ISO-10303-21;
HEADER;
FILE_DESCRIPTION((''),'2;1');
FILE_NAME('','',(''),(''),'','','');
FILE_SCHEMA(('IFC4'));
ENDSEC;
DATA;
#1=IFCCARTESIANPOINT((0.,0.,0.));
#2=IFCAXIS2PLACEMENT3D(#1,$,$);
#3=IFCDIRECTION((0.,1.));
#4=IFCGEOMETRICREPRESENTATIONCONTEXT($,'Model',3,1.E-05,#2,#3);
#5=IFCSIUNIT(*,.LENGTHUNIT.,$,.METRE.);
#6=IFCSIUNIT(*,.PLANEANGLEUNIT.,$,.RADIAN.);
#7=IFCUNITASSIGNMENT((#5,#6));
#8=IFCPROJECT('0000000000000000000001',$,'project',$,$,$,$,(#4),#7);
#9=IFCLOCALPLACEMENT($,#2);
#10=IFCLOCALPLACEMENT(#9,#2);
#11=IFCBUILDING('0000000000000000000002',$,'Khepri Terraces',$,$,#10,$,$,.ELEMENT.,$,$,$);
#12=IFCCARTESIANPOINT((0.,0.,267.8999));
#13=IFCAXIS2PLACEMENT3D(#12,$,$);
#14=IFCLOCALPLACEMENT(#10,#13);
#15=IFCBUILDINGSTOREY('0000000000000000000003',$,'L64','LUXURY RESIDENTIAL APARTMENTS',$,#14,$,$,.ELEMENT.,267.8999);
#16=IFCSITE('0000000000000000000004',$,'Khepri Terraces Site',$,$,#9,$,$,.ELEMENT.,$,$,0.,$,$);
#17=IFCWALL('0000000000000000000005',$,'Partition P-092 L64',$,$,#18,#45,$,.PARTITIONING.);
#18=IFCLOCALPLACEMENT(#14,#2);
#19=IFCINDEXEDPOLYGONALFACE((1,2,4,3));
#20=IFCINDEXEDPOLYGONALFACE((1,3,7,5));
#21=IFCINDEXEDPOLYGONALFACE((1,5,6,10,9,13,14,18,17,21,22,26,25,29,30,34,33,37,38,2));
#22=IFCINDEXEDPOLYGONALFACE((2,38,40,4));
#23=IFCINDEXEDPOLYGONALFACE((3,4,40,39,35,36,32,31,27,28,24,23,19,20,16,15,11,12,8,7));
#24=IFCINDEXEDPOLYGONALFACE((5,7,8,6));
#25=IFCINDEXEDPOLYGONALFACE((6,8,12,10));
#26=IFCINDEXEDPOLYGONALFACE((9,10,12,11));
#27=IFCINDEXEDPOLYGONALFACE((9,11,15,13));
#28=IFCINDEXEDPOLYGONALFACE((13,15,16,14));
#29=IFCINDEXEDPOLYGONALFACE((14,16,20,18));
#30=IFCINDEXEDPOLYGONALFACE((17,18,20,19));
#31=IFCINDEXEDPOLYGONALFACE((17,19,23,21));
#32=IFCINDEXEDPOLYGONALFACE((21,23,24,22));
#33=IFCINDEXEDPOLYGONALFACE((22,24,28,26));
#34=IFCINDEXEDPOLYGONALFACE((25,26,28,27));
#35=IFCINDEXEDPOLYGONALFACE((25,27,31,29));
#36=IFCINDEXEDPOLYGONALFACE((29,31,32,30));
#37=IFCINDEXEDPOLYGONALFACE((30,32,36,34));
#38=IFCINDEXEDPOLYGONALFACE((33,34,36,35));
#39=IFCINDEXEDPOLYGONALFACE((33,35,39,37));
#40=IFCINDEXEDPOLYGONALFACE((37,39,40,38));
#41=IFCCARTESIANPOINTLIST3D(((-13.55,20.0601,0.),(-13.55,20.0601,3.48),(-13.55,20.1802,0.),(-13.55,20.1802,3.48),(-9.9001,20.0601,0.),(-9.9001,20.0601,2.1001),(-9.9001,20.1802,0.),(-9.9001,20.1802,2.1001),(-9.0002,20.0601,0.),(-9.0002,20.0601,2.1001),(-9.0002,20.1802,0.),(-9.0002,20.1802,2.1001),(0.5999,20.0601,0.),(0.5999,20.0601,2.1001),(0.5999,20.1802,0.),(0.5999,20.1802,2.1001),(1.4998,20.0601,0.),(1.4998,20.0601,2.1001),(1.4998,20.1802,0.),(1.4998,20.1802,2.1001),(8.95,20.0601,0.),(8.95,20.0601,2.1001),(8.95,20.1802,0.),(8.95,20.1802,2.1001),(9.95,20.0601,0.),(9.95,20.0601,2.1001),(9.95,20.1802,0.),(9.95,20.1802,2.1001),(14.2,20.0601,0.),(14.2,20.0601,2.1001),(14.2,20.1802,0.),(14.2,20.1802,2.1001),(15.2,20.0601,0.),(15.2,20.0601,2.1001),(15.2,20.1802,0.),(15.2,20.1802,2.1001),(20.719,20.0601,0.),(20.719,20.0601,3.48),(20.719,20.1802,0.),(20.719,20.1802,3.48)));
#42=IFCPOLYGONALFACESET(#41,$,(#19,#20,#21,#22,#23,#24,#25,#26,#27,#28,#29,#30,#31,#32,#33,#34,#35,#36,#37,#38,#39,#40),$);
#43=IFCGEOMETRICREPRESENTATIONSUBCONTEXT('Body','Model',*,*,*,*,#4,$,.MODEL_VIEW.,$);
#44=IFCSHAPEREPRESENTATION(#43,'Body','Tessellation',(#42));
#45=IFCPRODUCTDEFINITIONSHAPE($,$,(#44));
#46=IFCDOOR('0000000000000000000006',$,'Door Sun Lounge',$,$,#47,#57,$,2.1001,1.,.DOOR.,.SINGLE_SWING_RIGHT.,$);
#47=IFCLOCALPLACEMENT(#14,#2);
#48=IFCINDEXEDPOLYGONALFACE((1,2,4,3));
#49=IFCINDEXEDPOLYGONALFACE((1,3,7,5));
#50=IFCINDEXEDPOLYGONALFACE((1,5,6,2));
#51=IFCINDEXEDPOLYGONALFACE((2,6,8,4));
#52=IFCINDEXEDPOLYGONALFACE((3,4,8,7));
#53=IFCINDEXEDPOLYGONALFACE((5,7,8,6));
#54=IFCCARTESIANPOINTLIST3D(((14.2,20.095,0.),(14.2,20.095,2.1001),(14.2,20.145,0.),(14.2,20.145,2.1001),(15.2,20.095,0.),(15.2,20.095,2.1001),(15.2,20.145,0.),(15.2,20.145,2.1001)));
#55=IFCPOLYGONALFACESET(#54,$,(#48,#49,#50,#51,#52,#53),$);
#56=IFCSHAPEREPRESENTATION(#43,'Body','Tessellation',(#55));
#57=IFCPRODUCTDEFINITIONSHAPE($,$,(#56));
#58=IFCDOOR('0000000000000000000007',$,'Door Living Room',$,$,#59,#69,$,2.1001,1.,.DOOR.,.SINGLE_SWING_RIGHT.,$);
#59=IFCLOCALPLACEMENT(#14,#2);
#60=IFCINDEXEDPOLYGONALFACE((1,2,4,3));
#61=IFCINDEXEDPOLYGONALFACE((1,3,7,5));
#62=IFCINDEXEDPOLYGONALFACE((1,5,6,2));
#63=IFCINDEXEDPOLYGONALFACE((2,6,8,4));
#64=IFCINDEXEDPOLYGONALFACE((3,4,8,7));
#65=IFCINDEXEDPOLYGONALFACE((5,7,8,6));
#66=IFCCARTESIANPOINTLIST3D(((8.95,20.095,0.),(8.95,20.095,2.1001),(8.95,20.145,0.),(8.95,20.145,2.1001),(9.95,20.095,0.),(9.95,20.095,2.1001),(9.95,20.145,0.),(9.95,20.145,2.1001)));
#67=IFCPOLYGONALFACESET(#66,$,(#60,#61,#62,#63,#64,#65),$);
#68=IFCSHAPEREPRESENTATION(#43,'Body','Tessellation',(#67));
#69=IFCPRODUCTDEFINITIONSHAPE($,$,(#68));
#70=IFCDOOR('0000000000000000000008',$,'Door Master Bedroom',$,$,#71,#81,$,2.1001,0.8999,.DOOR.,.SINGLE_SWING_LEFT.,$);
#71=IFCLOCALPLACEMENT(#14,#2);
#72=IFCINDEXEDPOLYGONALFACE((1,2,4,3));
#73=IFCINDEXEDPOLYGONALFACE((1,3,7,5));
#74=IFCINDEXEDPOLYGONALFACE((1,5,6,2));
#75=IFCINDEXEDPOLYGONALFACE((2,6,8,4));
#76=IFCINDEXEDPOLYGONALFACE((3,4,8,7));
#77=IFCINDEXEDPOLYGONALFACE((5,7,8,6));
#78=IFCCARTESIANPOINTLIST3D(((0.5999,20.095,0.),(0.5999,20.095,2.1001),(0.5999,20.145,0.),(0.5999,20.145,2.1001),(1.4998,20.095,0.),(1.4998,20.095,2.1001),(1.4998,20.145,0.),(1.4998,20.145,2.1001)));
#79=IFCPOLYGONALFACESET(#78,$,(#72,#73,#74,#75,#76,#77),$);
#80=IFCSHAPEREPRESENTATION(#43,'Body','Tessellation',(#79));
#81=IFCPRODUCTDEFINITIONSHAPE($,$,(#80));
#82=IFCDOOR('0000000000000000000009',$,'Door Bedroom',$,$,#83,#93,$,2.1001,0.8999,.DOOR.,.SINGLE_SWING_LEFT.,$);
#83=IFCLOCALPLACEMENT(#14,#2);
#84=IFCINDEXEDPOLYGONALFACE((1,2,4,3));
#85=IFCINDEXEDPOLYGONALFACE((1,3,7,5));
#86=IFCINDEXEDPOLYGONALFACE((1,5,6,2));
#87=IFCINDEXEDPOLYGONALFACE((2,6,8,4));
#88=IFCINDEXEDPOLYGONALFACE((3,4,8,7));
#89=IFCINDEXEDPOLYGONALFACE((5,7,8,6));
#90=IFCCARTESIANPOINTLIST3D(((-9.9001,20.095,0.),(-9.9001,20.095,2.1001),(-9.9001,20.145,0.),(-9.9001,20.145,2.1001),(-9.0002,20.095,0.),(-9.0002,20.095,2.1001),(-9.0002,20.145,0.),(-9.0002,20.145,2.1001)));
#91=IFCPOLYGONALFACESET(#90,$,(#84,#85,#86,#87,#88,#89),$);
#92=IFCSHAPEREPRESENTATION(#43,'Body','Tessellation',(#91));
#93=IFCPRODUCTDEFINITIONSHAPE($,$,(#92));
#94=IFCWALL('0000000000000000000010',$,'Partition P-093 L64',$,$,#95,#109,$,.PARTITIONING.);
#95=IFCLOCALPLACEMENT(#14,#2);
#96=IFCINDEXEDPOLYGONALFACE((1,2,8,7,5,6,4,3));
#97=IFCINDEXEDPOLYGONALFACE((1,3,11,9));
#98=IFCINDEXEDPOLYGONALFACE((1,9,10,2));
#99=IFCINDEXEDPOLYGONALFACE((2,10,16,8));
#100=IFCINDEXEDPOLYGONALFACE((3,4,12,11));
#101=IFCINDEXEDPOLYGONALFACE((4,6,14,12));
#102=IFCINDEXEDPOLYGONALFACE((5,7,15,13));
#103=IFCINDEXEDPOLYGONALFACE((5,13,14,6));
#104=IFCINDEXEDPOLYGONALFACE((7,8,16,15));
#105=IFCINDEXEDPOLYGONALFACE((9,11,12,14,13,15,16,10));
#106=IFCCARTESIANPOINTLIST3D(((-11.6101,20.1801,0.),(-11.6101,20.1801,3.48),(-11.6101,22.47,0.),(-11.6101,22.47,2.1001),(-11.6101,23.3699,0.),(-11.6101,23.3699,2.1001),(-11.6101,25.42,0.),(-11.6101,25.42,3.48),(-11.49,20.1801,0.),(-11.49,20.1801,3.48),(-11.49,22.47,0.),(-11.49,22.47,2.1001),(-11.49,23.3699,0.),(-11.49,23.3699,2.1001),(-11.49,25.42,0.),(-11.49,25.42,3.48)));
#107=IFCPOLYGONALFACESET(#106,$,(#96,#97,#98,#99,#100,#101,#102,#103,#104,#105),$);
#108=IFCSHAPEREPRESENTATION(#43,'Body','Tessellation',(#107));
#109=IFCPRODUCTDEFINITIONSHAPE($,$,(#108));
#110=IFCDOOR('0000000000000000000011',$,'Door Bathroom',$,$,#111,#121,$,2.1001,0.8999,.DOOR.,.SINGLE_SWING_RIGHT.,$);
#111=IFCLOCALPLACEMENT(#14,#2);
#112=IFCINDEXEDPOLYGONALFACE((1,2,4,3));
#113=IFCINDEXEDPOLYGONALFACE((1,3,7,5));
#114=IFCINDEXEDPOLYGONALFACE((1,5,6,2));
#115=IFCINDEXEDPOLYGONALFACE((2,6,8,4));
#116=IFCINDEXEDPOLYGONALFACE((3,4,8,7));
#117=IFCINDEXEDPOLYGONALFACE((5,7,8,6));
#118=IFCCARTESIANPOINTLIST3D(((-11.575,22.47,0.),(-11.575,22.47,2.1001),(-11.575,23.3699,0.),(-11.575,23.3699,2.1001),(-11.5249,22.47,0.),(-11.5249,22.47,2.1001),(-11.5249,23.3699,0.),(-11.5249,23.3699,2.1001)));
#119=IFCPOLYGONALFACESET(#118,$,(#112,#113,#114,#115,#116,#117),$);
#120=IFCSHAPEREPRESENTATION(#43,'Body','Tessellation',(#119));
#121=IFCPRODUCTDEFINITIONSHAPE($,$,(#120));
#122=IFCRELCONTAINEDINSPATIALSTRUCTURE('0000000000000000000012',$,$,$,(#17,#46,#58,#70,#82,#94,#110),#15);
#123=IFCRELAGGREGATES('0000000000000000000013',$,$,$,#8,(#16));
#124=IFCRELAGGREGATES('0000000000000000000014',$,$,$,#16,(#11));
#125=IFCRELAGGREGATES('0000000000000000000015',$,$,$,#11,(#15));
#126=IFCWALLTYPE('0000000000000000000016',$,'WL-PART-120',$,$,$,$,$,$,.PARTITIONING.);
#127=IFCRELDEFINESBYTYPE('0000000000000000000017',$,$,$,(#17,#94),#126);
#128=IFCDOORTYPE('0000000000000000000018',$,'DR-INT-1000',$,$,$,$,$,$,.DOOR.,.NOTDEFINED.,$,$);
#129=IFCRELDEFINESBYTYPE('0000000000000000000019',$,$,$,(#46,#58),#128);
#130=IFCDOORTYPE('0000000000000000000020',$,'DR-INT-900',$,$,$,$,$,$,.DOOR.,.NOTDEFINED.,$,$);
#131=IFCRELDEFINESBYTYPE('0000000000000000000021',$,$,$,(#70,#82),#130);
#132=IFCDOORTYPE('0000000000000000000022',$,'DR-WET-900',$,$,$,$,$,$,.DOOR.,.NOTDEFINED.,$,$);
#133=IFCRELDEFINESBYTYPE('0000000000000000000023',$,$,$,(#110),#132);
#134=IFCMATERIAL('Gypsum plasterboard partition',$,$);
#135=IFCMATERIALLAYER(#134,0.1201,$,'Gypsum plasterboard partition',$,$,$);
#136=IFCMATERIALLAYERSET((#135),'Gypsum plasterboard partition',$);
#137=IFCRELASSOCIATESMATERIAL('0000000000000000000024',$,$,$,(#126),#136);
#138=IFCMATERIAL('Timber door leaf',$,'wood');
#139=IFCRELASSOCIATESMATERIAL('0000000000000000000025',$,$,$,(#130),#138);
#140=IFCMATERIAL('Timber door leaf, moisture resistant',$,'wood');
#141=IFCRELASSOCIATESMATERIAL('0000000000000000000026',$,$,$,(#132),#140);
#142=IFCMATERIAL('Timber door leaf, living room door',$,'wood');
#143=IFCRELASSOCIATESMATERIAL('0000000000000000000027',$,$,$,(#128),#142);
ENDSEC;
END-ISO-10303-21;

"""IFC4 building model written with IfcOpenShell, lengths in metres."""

from ifc_helpers import new_model, si_unit, direction, frame, frame_2d, origin, place, context, subcontext, project, spatial, rectangle, extrude, material, layer, layer_set, type_object, element, fill, save


model = new_model("IFC4")

# Units and contexts
model_context = context("Model", 3, precision=1e-05, world=origin(), true_north=direction((0.0, 1.0)))
body_context = subcontext(model_context, "Body", "Model", "MODEL_VIEW")
ifc_project = project(units=[si_unit("LENGTHUNIT", "METRE"), si_unit("PLANEANGLEUNIT", "RADIAN")], contexts=[model_context])

# Site, building, storey
site_placement = place(None, origin())
site = spatial("IfcSite", under=ifc_project, at=site_placement, Name="Khepri Terraces Site", CompositionType="ELEMENT", RefElevation=0.0)
building_placement = place(site_placement, origin())
building = spatial("IfcBuilding", under=site, at=building_placement, Name="Khepri Terraces", CompositionType="ELEMENT")
storey_placement = place(building_placement, frame((0.0, 0.0, 267.8999)))
storey = spatial("IfcBuildingStorey", under=building, at=storey_placement, Name="L64", Description="LUXURY RESIDENTIAL APARTMENTS", CompositionType="ELEMENT", Elevation=267.8999)

# Shared definitions
ifc_material_1 = material(Name="Gypsum plasterboard partition")
ifc_layer_1 = layer(ifc_material_1, 0.1201, Name="Gypsum plasterboard partition")
ifc_layer_set_1 = layer_set([ifc_layer_1], Name="Gypsum plasterboard partition")
wall_type_1 = type_object("IfcWallType", Name="WL-PART-120", PredefinedType="PARTITIONING", material=ifc_layer_set_1)

# Wall, openings, doors
ifc_material_2 = material(Name="Timber door leaf", Category="wood")
door_type_1 = type_object("IfcDoorType", Name="DR-INT-900", OperationType="NOTDEFINED", PredefinedType="DOOR", material=ifc_material_2)
ifc_material_3 = material(Name="Timber door leaf, moisture resistant", Category="wood")
door_type_2 = type_object("IfcDoorType", Name="DR-WET-900", OperationType="NOTDEFINED", PredefinedType="DOOR", material=ifc_material_3)
wall_1_placement = place(storey_placement, frame((-13.55, 20.1201, 0.0), z_axis=(0.0, 0.0, 1.0), x_axis=(1.0, 0.0, 0.0)))
wall_1 = element("IfcWall", 1, at=wall_1_placement, inside=storey, type_object=wall_type_1, Name="Partition P-092 L64", PredefinedType="PARTITIONING", context=body_context, shape_type="SweptSolid", body=[
    extrude(rectangle(XDim=34.269, YDim=0.1201, at=frame_2d((17.1345, 0.0))), origin(), (0.0, 0.0, 1.0), 3.48),
])
opening_1_placement = place(wall_1_placement, frame((27.75, 0.0, 0.0)))
opening_1 = element("IfcOpeningElement", 2, at=opening_1_placement, cuts=wall_1, PredefinedType="OPENING", context=body_context, shape_type="SweptSolid", body=[
    extrude(rectangle(XDim=1.0, YDim=2.1001, at=frame_2d((0.5, 1.05))), frame((0.0, 0.0701, 0.0), z_axis=(0.0, -1.0, 0.0), x_axis=(1.0, 0.0, 0.0)), (0.0, 0.0, 1.0), 0.1401),
])
opening_2_placement = place(wall_1_placement, frame((22.5, 0.0, 0.0)))
opening_2 = element("IfcOpeningElement", 3, at=opening_2_placement, cuts=wall_1, PredefinedType="OPENING", context=body_context, shape_type="SweptSolid", body=[
    extrude(rectangle(XDim=1.0, YDim=2.1001, at=frame_2d((0.5, 1.05))), frame((0.0, 0.0701, 0.0), z_axis=(0.0, -1.0, 0.0), x_axis=(1.0, 0.0, 0.0)), (0.0, 0.0, 1.0), 0.1401),
])
opening_3_placement = place(wall_1_placement, frame((14.1499, 0.0, 0.0)))
opening_3 = element("IfcOpeningElement", 4, at=opening_3_placement, cuts=wall_1, PredefinedType="OPENING", context=body_context, shape_type="SweptSolid", body=[
    extrude(rectangle(XDim=0.8999, YDim=2.1001, at=frame_2d((0.45, 1.05))), frame((0.0, 0.0701, 0.0), z_axis=(0.0, -1.0, 0.0), x_axis=(1.0, 0.0, 0.0)), (0.0, 0.0, 1.0), 0.1401),
])
opening_4_placement = place(wall_1_placement, frame((3.6499, 0.0, 0.0)))
opening_4 = element("IfcOpeningElement", 5, at=opening_4_placement, cuts=wall_1, PredefinedType="OPENING", context=body_context, shape_type="SweptSolid", body=[
    extrude(rectangle(XDim=0.8999, YDim=2.1001, at=frame_2d((0.45, 1.05))), frame((0.0, 0.0701, 0.0), z_axis=(0.0, -1.0, 0.0), x_axis=(1.0, 0.0, 0.0)), (0.0, 0.0, 1.0), 0.1401),
])
ifc_material_4 = material(Name="Timber door leaf, living room door", Category="wood")
door_type_3 = type_object("IfcDoorType", Name="DR-INT-1000", OperationType="NOTDEFINED", PredefinedType="DOOR", material=ifc_material_4)
door_1_placement = place(opening_1_placement, origin())
door_1 = element("IfcDoor", 6, at=door_1_placement, inside=storey, type_object=door_type_3, Name="Door Sun Lounge", OperationType="SINGLE_SWING_RIGHT", OverallHeight=2.1001, OverallWidth=1.0, PredefinedType="DOOR", context=body_context, shape_type="SweptSolid", body=[
    extrude(rectangle(XDim=1.0, YDim=2.1001, at=frame_2d((0.5, 1.05))), frame((0.0, 0.0249, 0.0), z_axis=(0.0, -1.0, 0.0), x_axis=(1.0, 0.0, 0.0)), (0.0, 0.0, 1.0), 0.05),
])
fill(opening_1, door_1)
door_2_placement = place(opening_2_placement, origin())
door_2 = element("IfcDoor", 7, at=door_2_placement, inside=storey, type_object=door_type_3, Name="Door Living Room", OperationType="SINGLE_SWING_RIGHT", OverallHeight=2.1001, OverallWidth=1.0, PredefinedType="DOOR", context=body_context, shape_type="SweptSolid", body=[
    extrude(rectangle(XDim=1.0, YDim=2.1001, at=frame_2d((0.5, 1.05))), frame((0.0, 0.0249, 0.0), z_axis=(0.0, -1.0, 0.0), x_axis=(1.0, 0.0, 0.0)), (0.0, 0.0, 1.0), 0.05),
])
fill(opening_2, door_2)
door_3_placement = place(opening_3_placement, origin())
door_3 = element("IfcDoor", 8, at=door_3_placement, inside=storey, type_object=door_type_1, Name="Door Master Bedroom", OperationType="SINGLE_SWING_LEFT", OverallHeight=2.1001, OverallWidth=0.8999, PredefinedType="DOOR", context=body_context, shape_type="SweptSolid", body=[
    extrude(rectangle(XDim=0.8999, YDim=2.1001, at=frame_2d((0.45, 1.05))), frame((0.0, 0.0249, 0.0), z_axis=(0.0, -1.0, 0.0), x_axis=(1.0, 0.0, 0.0)), (0.0, 0.0, 1.0), 0.05),
])
fill(opening_3, door_3)
door_4_placement = place(opening_4_placement, origin())
door_4 = element("IfcDoor", 9, at=door_4_placement, inside=storey, type_object=door_type_1, Name="Door Bedroom", OperationType="SINGLE_SWING_LEFT", OverallHeight=2.1001, OverallWidth=0.8999, PredefinedType="DOOR", context=body_context, shape_type="SweptSolid", body=[
    extrude(rectangle(XDim=0.8999, YDim=2.1001, at=frame_2d((0.45, 1.05))), frame((0.0, 0.0249, 0.0), z_axis=(0.0, -1.0, 0.0), x_axis=(1.0, 0.0, 0.0)), (0.0, 0.0, 1.0), 0.05),
])
fill(opening_4, door_4)

# Wall, opening, door
wall_2_placement = place(storey_placement, frame((-11.55, 20.1799, 0.0), z_axis=(0.0, 0.0, 1.0), x_axis=(0.0, 1.0, 0.0)))
wall_2 = element("IfcWall", 10, at=wall_2_placement, inside=storey, type_object=wall_type_1, Name="Partition P-093 L64", PredefinedType="PARTITIONING", context=body_context, shape_type="SweptSolid", body=[
    extrude(rectangle(XDim=5.24, YDim=0.1201, at=frame_2d((2.6201, 0.0))), origin(), (0.0, 0.0, 1.0), 3.48),
])
opening_5_placement = place(wall_2_placement, frame((2.29, 0.0, 0.0)))
opening_5 = element("IfcOpeningElement", 11, at=opening_5_placement, cuts=wall_2, PredefinedType="OPENING", context=body_context, shape_type="SweptSolid", body=[
    extrude(rectangle(XDim=0.8999, YDim=2.1001, at=frame_2d((0.45, 1.05))), frame((0.0, 0.0701, 0.0), z_axis=(0.0, -1.0, 0.0), x_axis=(1.0, 0.0, 0.0)), (0.0, 0.0, 1.0), 0.1401),
])
door_5_placement = place(opening_5_placement, origin())
door_5 = element("IfcDoor", 12, at=door_5_placement, inside=storey, type_object=door_type_2, Name="Door Bathroom", OperationType="SINGLE_SWING_RIGHT", OverallHeight=2.1001, OverallWidth=0.8999, PredefinedType="DOOR", context=body_context, shape_type="SweptSolid", body=[
    extrude(rectangle(XDim=0.8999, YDim=2.1001, at=frame_2d((0.45, 1.05))), frame((0.0, 0.0249, 0.0), z_axis=(0.0, -1.0, 0.0), x_axis=(1.0, 0.0, 0.0)), (0.0, 0.0, 1.0), 0.05),
])
fill(opening_5, door_5)

save(model, "model.ifc")
